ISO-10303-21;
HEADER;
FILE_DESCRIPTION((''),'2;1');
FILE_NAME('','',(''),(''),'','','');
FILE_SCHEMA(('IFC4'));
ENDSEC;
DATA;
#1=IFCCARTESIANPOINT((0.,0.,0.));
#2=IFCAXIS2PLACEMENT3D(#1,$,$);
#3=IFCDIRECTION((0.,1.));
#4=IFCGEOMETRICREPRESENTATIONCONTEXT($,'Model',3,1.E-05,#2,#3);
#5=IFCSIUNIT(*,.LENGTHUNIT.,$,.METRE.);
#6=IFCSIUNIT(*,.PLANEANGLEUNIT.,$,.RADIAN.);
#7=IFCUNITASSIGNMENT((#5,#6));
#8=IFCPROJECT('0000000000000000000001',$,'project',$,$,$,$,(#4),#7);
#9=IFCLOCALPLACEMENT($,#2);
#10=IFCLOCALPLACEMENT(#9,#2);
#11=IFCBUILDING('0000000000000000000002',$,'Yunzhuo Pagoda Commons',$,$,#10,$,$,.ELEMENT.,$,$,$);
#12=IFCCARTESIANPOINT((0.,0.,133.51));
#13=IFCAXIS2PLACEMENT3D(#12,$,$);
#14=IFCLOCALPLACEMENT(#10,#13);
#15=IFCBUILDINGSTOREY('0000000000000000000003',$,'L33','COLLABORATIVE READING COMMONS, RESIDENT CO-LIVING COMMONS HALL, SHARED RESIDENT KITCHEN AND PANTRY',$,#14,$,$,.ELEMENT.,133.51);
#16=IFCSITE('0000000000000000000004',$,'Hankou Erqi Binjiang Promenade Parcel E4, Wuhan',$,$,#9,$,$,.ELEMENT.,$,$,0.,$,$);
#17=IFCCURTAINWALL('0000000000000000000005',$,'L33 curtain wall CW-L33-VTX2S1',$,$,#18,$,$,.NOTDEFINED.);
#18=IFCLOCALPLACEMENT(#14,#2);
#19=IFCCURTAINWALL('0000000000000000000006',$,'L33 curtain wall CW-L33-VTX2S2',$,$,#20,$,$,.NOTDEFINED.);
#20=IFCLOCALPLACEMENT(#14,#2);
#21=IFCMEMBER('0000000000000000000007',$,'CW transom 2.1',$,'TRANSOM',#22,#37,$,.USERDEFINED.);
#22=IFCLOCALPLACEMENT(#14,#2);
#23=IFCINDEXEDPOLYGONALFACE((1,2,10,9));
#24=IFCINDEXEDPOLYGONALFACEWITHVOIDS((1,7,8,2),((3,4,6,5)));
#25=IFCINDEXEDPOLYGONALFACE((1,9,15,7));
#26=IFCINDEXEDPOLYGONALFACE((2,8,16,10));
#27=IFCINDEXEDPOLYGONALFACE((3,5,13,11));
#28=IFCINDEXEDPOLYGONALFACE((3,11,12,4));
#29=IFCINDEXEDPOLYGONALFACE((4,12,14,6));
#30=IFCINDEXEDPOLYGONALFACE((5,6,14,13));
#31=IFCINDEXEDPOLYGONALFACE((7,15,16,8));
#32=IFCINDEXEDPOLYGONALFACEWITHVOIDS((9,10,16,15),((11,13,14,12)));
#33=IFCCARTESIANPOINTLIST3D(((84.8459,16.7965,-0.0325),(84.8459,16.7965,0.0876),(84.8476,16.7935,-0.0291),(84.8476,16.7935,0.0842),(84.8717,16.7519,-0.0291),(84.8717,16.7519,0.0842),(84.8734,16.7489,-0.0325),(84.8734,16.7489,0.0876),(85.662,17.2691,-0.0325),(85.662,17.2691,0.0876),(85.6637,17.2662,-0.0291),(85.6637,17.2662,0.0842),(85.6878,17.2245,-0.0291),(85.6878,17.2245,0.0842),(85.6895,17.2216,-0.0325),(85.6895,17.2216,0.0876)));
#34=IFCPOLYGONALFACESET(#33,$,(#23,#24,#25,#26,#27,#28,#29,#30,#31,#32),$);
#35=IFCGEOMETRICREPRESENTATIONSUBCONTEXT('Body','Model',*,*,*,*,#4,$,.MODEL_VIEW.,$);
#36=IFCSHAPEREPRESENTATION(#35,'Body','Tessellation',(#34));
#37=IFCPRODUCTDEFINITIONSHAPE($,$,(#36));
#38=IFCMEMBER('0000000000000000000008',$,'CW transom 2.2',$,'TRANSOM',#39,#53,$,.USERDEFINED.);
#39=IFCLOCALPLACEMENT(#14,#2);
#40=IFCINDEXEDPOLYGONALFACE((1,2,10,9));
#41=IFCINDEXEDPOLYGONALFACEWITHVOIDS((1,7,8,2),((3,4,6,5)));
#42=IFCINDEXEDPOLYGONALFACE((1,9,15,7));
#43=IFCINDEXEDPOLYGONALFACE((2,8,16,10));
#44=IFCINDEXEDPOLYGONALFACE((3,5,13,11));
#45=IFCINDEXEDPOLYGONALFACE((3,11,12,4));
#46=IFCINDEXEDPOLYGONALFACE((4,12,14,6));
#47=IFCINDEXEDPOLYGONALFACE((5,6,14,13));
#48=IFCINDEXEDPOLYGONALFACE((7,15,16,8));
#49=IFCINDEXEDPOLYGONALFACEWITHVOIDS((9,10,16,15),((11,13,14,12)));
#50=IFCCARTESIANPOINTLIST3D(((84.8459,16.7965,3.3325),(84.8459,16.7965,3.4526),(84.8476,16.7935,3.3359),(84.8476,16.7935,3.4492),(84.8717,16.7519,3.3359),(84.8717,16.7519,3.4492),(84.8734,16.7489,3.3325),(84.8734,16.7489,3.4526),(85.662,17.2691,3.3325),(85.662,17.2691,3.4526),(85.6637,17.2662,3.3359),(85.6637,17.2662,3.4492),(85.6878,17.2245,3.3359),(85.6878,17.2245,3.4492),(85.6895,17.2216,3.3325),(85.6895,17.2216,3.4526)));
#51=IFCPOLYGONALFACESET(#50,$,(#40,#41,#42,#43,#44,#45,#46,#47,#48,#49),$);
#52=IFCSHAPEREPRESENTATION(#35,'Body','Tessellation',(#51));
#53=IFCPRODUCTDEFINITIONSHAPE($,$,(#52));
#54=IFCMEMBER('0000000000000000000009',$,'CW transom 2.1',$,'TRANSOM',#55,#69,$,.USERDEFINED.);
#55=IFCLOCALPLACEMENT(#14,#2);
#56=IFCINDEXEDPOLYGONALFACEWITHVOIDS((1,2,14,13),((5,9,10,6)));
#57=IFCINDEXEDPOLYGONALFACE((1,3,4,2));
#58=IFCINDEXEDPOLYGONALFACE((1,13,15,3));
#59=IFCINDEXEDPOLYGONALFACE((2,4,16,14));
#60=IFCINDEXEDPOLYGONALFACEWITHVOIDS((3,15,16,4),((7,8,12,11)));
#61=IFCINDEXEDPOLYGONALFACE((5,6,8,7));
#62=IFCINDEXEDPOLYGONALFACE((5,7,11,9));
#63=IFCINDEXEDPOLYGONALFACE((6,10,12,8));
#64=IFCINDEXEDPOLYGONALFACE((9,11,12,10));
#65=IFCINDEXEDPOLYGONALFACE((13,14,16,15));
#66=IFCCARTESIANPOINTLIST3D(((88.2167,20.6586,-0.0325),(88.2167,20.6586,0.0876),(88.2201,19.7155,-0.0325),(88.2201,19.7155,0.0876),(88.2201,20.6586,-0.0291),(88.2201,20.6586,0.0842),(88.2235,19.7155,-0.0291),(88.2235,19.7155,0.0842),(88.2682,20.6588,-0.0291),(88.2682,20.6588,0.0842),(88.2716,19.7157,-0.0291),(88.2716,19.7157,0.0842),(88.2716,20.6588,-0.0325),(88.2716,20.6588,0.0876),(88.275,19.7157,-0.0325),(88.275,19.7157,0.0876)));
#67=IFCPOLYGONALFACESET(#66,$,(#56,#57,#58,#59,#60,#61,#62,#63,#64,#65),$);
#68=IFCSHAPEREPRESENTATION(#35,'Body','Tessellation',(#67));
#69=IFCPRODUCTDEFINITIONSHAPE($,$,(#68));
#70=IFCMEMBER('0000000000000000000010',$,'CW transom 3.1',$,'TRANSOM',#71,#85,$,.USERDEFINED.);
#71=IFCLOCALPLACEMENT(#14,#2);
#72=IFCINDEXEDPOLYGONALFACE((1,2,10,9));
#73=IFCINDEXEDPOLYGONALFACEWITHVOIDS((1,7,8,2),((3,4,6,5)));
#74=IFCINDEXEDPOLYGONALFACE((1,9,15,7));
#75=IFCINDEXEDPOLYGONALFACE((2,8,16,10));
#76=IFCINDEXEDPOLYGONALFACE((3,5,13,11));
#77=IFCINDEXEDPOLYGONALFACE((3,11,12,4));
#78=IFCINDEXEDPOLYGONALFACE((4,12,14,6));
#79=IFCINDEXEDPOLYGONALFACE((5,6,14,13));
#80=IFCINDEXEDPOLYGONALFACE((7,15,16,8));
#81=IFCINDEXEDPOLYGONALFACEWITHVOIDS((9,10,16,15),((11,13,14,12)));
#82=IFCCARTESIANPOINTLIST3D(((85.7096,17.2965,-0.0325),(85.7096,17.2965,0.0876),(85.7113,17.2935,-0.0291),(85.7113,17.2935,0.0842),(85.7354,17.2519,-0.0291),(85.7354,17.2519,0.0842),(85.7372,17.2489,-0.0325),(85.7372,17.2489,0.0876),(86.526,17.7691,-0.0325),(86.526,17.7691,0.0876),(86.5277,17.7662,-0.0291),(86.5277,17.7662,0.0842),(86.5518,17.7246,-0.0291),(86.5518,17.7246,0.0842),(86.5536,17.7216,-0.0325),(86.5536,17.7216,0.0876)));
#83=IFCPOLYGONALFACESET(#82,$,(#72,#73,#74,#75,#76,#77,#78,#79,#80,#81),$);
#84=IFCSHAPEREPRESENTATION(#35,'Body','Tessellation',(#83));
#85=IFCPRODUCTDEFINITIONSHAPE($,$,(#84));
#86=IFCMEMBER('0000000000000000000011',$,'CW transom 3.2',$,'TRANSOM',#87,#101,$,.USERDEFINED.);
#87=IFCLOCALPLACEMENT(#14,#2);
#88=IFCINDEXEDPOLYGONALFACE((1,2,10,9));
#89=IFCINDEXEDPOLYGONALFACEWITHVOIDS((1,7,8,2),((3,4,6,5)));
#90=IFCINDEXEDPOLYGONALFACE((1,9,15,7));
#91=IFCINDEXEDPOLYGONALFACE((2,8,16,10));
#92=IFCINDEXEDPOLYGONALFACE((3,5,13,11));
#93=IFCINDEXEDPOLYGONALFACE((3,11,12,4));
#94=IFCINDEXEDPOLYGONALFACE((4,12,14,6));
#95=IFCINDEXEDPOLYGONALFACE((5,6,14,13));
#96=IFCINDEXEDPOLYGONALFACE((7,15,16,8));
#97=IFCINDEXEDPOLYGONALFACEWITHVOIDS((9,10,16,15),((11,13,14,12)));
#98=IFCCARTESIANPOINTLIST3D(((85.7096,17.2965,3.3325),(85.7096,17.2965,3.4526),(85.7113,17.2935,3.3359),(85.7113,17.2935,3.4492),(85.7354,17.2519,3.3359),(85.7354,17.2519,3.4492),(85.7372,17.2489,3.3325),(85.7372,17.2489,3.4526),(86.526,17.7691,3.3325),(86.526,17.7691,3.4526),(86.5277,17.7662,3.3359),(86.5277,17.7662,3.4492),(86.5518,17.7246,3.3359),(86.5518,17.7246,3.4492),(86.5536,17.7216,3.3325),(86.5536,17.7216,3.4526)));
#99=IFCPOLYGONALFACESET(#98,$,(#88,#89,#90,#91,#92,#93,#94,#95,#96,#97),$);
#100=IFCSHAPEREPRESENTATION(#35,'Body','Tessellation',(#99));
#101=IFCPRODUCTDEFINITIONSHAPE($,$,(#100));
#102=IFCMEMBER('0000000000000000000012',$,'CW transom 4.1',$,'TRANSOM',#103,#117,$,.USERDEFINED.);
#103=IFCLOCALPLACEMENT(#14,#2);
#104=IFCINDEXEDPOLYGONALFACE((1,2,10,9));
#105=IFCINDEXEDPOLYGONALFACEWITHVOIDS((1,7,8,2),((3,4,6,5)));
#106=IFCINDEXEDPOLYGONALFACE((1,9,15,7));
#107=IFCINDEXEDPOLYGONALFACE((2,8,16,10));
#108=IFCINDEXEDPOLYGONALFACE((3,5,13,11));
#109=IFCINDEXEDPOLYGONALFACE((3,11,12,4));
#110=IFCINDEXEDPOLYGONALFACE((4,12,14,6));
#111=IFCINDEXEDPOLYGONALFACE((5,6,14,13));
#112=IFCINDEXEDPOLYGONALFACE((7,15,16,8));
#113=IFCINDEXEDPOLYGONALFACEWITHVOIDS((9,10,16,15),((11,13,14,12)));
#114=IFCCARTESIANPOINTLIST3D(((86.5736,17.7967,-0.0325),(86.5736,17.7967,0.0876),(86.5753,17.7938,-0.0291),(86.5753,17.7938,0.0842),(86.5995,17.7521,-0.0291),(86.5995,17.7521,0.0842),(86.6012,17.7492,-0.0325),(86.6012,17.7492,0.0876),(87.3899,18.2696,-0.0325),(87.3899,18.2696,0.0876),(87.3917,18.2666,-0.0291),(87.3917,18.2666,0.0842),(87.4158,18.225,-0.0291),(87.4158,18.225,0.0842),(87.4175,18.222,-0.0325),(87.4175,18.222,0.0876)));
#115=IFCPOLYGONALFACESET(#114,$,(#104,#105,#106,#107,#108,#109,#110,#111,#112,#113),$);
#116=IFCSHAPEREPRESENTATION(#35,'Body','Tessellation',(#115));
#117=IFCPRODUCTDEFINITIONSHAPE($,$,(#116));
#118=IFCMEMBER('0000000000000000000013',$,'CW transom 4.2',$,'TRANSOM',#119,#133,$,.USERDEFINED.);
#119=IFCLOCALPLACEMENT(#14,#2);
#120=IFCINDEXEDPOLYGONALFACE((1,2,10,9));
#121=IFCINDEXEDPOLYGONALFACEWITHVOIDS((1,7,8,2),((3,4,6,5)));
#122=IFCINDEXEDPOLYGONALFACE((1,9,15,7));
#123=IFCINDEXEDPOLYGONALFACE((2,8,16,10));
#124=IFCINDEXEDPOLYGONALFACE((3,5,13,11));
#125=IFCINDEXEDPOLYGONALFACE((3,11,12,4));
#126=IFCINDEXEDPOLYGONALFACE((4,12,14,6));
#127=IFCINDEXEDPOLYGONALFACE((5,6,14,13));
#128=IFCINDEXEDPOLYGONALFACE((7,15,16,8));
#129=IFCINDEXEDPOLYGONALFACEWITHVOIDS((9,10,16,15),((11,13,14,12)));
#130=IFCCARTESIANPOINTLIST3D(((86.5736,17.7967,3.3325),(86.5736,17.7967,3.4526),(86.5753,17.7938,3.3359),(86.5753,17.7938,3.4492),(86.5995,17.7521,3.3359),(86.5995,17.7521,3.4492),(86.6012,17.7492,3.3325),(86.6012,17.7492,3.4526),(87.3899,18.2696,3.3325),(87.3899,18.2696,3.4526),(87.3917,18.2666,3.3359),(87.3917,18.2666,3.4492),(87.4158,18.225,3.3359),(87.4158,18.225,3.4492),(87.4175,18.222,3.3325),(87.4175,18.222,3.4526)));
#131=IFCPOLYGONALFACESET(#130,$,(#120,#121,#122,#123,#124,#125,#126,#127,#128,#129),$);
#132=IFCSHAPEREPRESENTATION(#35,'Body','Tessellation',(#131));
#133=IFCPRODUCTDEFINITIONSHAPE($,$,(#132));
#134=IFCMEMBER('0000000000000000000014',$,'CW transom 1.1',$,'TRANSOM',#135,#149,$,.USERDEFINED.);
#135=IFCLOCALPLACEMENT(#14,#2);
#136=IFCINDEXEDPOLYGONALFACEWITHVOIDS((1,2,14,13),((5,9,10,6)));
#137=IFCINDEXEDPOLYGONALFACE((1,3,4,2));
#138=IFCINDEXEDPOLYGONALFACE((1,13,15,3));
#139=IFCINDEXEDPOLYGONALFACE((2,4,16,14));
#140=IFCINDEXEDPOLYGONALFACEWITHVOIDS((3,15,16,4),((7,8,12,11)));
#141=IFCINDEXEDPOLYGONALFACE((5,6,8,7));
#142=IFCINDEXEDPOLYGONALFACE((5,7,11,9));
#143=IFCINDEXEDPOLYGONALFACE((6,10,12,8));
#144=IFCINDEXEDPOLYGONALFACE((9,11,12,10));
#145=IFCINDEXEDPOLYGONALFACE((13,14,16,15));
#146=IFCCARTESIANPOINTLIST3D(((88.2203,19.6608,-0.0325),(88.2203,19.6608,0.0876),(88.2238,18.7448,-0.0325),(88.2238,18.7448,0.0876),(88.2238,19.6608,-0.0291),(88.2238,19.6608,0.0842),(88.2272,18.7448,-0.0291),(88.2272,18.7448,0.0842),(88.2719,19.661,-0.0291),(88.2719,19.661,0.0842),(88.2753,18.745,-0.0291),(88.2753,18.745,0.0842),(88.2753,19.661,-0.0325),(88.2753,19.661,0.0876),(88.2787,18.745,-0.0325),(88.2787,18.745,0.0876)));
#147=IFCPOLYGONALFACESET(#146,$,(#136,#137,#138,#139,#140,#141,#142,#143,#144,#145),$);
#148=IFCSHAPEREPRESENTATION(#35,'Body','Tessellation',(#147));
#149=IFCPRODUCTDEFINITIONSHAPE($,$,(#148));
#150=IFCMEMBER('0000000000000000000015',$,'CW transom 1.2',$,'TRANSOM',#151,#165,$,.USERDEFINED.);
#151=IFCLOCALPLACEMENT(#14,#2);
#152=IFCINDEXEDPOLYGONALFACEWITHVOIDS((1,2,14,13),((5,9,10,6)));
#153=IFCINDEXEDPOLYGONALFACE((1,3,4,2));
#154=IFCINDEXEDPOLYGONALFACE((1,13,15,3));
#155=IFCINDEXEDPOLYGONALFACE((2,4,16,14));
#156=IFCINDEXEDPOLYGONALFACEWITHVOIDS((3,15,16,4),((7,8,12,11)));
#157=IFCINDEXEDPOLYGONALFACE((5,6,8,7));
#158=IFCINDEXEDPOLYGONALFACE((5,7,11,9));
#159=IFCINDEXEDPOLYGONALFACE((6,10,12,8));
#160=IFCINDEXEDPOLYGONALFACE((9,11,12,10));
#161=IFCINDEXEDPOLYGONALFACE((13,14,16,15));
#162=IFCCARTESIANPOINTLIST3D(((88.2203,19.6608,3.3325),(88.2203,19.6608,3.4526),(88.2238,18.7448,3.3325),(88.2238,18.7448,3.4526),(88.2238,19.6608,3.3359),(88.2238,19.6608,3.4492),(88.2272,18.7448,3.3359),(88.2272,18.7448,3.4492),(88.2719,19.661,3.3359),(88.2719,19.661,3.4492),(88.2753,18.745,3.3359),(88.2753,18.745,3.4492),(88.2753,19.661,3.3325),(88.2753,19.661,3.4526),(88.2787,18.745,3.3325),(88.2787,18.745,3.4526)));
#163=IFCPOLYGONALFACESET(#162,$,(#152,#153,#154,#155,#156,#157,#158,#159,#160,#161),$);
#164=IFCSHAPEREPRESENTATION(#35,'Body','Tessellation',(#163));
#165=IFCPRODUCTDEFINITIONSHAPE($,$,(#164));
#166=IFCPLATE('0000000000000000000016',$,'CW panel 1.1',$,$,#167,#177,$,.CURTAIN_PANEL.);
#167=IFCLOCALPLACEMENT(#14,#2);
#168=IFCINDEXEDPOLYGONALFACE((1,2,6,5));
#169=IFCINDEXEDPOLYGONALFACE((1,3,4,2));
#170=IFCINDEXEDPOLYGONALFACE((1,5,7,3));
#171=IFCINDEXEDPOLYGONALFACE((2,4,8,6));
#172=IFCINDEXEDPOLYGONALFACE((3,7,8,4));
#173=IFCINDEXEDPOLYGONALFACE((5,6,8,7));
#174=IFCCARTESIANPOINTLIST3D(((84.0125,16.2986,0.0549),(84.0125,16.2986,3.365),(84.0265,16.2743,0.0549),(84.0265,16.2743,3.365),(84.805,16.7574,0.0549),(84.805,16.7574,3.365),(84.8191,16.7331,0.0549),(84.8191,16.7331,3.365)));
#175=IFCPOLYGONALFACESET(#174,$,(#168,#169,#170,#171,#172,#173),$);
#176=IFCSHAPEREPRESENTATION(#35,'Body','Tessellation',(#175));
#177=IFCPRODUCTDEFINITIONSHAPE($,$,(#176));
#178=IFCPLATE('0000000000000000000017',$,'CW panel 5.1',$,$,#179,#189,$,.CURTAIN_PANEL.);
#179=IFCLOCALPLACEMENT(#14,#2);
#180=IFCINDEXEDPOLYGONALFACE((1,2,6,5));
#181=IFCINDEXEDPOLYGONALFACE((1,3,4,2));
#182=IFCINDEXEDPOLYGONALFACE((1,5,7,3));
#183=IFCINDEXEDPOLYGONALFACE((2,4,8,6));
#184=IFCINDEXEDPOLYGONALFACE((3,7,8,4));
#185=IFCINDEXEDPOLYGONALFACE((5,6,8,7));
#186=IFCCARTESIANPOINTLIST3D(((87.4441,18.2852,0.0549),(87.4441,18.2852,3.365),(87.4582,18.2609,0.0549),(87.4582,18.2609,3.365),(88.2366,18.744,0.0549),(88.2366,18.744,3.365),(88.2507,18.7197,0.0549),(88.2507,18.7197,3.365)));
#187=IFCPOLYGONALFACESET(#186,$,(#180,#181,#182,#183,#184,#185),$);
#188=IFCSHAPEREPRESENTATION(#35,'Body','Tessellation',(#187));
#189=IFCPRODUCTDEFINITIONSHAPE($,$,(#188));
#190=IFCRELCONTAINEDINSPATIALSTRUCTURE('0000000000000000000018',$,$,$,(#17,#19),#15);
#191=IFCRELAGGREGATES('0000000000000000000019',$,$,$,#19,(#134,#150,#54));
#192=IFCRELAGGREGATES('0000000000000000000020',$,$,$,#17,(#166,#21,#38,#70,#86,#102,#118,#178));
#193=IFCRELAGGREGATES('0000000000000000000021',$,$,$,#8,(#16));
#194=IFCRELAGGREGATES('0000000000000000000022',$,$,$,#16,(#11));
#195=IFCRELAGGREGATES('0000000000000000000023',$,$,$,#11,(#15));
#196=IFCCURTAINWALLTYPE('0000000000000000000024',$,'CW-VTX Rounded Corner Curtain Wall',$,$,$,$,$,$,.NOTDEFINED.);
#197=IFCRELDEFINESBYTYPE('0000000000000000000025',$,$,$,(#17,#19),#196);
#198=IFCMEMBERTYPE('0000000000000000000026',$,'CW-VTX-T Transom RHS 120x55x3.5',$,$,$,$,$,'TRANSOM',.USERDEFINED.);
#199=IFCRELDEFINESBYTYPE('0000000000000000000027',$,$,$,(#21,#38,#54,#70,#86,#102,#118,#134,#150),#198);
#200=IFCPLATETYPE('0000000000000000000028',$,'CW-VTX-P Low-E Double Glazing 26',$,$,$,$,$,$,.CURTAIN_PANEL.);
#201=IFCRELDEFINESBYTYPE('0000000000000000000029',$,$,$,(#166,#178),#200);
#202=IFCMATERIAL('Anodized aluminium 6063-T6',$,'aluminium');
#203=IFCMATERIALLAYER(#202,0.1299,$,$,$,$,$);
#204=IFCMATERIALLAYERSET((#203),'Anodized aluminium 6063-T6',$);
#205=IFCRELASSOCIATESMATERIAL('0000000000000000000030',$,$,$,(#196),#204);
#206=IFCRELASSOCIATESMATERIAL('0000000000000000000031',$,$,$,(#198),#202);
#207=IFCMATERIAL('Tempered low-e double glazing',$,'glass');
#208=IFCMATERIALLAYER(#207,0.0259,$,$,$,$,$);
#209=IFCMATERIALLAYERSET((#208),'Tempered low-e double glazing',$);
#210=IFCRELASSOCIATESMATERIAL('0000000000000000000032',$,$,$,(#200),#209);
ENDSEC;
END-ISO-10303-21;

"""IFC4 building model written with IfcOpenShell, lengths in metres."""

from ifc_helpers import new_model, si_unit, direction, frame, origin, origin_2d, place, context, subcontext, project, spatial, rectangle, hollow_rectangle, extrude, source, transform, mapped, material, layer, layer_set, material_profile, profile_set, type_object, element, aggregate, save


model = new_model("IFC4")

# Units and contexts
model_context = context("Model", 3, precision=1e-05, world=origin(), true_north=direction((0.0, 1.0)))
body_context = subcontext(model_context, "Body", "Model", "MODEL_VIEW")
ifc_project = project(units=[si_unit("LENGTHUNIT", "METRE"), si_unit("PLANEANGLEUNIT", "RADIAN")], contexts=[model_context])

# Site, building, storey
site_placement = place(None, origin())
site = spatial("IfcSite", under=ifc_project, at=site_placement, Name="Hankou Erqi Binjiang Promenade Parcel E4, Wuhan", CompositionType="ELEMENT", RefElevation=0.0)
building_placement = place(site_placement, origin())
building = spatial("IfcBuilding", under=site, at=building_placement, Name="Yunzhuo Pagoda Commons", CompositionType="ELEMENT")
storey_placement = place(building_placement, frame((0.0, 0.0, 133.51)))
storey = spatial("IfcBuildingStorey", under=building, at=storey_placement, Name="L33", Description="COLLABORATIVE READING COMMONS, RESIDENT CO-LIVING COMMONS HALL, SHARED RESIDENT KITCHEN AND PANTRY", CompositionType="ELEMENT", Elevation=133.51)

# Shared definitions
ifc_material_1 = material(Name="Anodized aluminium 6063-T6", Category="aluminium")

# Curtain wall
ifc_layer_1 = layer(ifc_material_1, 0.1299)
ifc_layer_set_1 = layer_set([ifc_layer_1], Name="Anodized aluminium 6063-T6")
curtain_wall_type_1 = type_object("IfcCurtainWallType", Name="CW-VTX Rounded Corner Curtain Wall", PredefinedType="NOTDEFINED", material=ifc_layer_set_1)
curtain_wall_1_placement = place(storey_placement, origin())
curtain_wall_1 = element("IfcCurtainWall", 1, at=curtain_wall_1_placement, inside=storey, type_object=curtain_wall_type_1, Name="L33 curtain wall CW-L33-VTX2S1", PredefinedType="NOTDEFINED")

# Curtain wall
curtain_wall_2_placement = place(storey_placement, origin())
curtain_wall_2 = element("IfcCurtainWall", 2, at=curtain_wall_2_placement, inside=storey, type_object=curtain_wall_type_1, Name="L33 curtain wall CW-L33-VTX2S2", PredefinedType="NOTDEFINED")

# Members
ifc_material_profile_1 = material_profile(ifc_material_1, hollow_rectangle(XDim=0.0549, YDim=0.1201, WallThickness=0.0034, at=origin_2d()), Name="Anodized aluminium 6063-T6")
ifc_profile_set_1 = profile_set([ifc_material_profile_1], Name="Anodized aluminium 6063-T6")
member_type_1 = type_object("IfcMemberType", Name="CW-VTX-T Transom RHS 120x55x3.5", ElementType="TRANSOM", PredefinedType="USERDEFINED", material=ifc_profile_set_1)
shared_shape_1 = source(origin(), body_context, "Body", "SweptSolid", [
    extrude(hollow_rectangle(XDim=0.0549, YDim=0.1201, WallThickness=0.0034, at=origin_2d()), origin(), (0.0, 0.0, 1.0), 0.9431),
])
member_1_placement = place(storey_placement, frame((84.8596, 16.7727, 0.0276), z_axis=(0.865361, 0.501149, 0.0), x_axis=(-0.501149, 0.865361, 0.0)))
member_1 = element("IfcMember", 3, at=member_1_placement, type_object=member_type_1, Name="CW transom 2.1", ObjectType="TRANSOM", PredefinedType="USERDEFINED", context=body_context, shape_type="MappedRepresentation", body=[
    mapped(shared_shape_1, transform((0.0, 0.0, 0.0), scale=1.0)),
])
member_2_placement = place(storey_placement, frame((84.8596, 16.7727, 3.3926), z_axis=(0.865361, 0.501149, 0.0), x_axis=(-0.501149, 0.865361, 0.0)))
member_2 = element("IfcMember", 4, at=member_2_placement, type_object=member_type_1, Name="CW transom 2.2", ObjectType="TRANSOM", PredefinedType="USERDEFINED", context=body_context, shape_type="MappedRepresentation", body=[
    mapped(shared_shape_1, transform((0.0, 0.0, 0.0), scale=1.0)),
])
member_3_placement = place(storey_placement, frame((88.2476, 19.7156, 0.0276), z_axis=(-0.003624, 0.999993, 0.0), x_axis=(-0.999993, -0.003624, 0.0)))
member_3 = element("IfcMember", 5, at=member_3_placement, type_object=member_type_1, Name="CW transom 2.1", ObjectType="TRANSOM", PredefinedType="USERDEFINED", context=body_context, shape_type="MappedRepresentation", body=[
    mapped(shared_shape_1, transform((0.0, 0.0, 0.0), scale=1.0)),
])
shared_shape_2 = source(origin(), body_context, "Body", "SweptSolid", [
    extrude(hollow_rectangle(XDim=0.0549, YDim=0.1201, WallThickness=0.0034, at=origin_2d()), origin(), (0.0, 0.0, 1.0), 0.9434),
])
member_4_placement = place(storey_placement, frame((85.7234, 17.2727, 0.0276), z_axis=(0.865426, 0.501036, 0.0), x_axis=(-0.501036, 0.865426, 0.0)))
member_4 = element("IfcMember", 6, at=member_4_placement, type_object=member_type_1, Name="CW transom 3.1", ObjectType="TRANSOM", PredefinedType="USERDEFINED", context=body_context, shape_type="MappedRepresentation", body=[
    mapped(shared_shape_2, transform((0.0, 0.0, 0.0), scale=1.0)),
])
member_5_placement = place(storey_placement, frame((85.7234, 17.2727, 3.3926), z_axis=(0.865426, 0.501036, 0.0), x_axis=(-0.501036, 0.865426, 0.0)))
member_5 = element("IfcMember", 7, at=member_5_placement, type_object=member_type_1, Name="CW transom 3.2", ObjectType="TRANSOM", PredefinedType="USERDEFINED", context=body_context, shape_type="MappedRepresentation", body=[
    mapped(shared_shape_2, transform((0.0, 0.0, 0.0), scale=1.0)),
])
member_6_placement = place(storey_placement, frame((86.5874, 17.7729, 0.0276), z_axis=(0.865314, 0.50123, 0.0), x_axis=(-0.50123, 0.865314, 0.0)))
member_6 = element("IfcMember", 8, at=member_6_placement, type_object=member_type_1, Name="CW transom 4.1", ObjectType="TRANSOM", PredefinedType="USERDEFINED", context=body_context, shape_type="MappedRepresentation", body=[
    mapped(shared_shape_2, transform((0.0, 0.0, 0.0), scale=1.0)),
])
member_7_placement = place(storey_placement, frame((86.5874, 17.7729, 3.3926), z_axis=(0.865314, 0.50123, 0.0), x_axis=(-0.50123, 0.865314, 0.0)))
member_7 = element("IfcMember", 9, at=member_7_placement, type_object=member_type_1, Name="CW transom 4.2", ObjectType="TRANSOM", PredefinedType="USERDEFINED", context=body_context, shape_type="MappedRepresentation", body=[
    mapped(shared_shape_2, transform((0.0, 0.0, 0.0), scale=1.0)),
])
shared_shape_3 = source(origin(), body_context, "Body", "SweptSolid", [
    extrude(hollow_rectangle(XDim=0.0549, YDim=0.1201, WallThickness=0.0034, at=origin_2d()), origin(), (0.0, 0.0, 1.0), 0.916),
])
member_8_placement = place(storey_placement, frame((88.2512, 18.7449, 0.0276), z_axis=(-0.003731, 0.999993, 0.0), x_axis=(-0.999993, -0.003731, 0.0)))
member_8 = element("IfcMember", 10, at=member_8_placement, type_object=member_type_1, Name="CW transom 1.1", ObjectType="TRANSOM", PredefinedType="USERDEFINED", context=body_context, shape_type="MappedRepresentation", body=[
    mapped(shared_shape_3, transform((0.0, 0.0, 0.0), scale=1.0)),
])
member_9_placement = place(storey_placement, frame((88.2512, 18.7449, 3.3926), z_axis=(-0.003731, 0.999993, 0.0), x_axis=(-0.999993, -0.003731, 0.0)))
member_9 = element("IfcMember", 11, at=member_9_placement, type_object=member_type_1, Name="CW transom 1.2", ObjectType="TRANSOM", PredefinedType="USERDEFINED", context=body_context, shape_type="MappedRepresentation", body=[
    mapped(shared_shape_3, transform((0.0, 0.0, 0.0), scale=1.0)),
])

# Plates
ifc_material_2 = material(Name="Tempered low-e double glazing", Category="glass")
ifc_layer_2 = layer(ifc_material_2, 0.0259)
ifc_layer_set_2 = layer_set([ifc_layer_2], Name="Tempered low-e double glazing")
plate_type = type_object("IfcPlateType", Name="CW-VTX-P Low-E Double Glazing 26", PredefinedType="CURTAIN_PANEL", material=ifc_layer_set_2)
shared_shape_4 = source(origin(), body_context, "Body", "SweptSolid", [
    extrude(rectangle(XDim=0.9158, YDim=0.0281, at=origin_2d()), origin(), (0.0, 0.0, 1.0), 3.3101),
])
plate_1_placement = place(storey_placement, frame((84.4158, 16.5159, 0.0549), z_axis=(0.0, 0.0, 1.0), x_axis=(0.865425, 0.501038, 0.0)))
plate_1 = element("IfcPlate", 12, at=plate_1_placement, type_object=plate_type, Name="CW panel 1.1", PredefinedType="CURTAIN_PANEL", context=body_context, shape_type="MappedRepresentation", body=[
    mapped(shared_shape_4, transform((0.0, 0.0, 0.0), scale=1.0)),
])
plate_2_placement = place(storey_placement, frame((87.8474, 18.5024, 0.0549), z_axis=(0.0, 0.0, 1.0), x_axis=(0.865425, 0.501038, 0.0)))
plate_2 = element("IfcPlate", 13, at=plate_2_placement, type_object=plate_type, Name="CW panel 5.1", PredefinedType="CURTAIN_PANEL", context=body_context, shape_type="MappedRepresentation", body=[
    mapped(shared_shape_4, transform((0.0, 0.0, 0.0), scale=1.0)),
])
aggregate(curtain_wall_2, [member_8, member_9, member_3])
aggregate(curtain_wall_1, [plate_1, member_1, member_2, member_4, member_5, member_6, member_7, plate_2])

save(model, "model.ifc")
